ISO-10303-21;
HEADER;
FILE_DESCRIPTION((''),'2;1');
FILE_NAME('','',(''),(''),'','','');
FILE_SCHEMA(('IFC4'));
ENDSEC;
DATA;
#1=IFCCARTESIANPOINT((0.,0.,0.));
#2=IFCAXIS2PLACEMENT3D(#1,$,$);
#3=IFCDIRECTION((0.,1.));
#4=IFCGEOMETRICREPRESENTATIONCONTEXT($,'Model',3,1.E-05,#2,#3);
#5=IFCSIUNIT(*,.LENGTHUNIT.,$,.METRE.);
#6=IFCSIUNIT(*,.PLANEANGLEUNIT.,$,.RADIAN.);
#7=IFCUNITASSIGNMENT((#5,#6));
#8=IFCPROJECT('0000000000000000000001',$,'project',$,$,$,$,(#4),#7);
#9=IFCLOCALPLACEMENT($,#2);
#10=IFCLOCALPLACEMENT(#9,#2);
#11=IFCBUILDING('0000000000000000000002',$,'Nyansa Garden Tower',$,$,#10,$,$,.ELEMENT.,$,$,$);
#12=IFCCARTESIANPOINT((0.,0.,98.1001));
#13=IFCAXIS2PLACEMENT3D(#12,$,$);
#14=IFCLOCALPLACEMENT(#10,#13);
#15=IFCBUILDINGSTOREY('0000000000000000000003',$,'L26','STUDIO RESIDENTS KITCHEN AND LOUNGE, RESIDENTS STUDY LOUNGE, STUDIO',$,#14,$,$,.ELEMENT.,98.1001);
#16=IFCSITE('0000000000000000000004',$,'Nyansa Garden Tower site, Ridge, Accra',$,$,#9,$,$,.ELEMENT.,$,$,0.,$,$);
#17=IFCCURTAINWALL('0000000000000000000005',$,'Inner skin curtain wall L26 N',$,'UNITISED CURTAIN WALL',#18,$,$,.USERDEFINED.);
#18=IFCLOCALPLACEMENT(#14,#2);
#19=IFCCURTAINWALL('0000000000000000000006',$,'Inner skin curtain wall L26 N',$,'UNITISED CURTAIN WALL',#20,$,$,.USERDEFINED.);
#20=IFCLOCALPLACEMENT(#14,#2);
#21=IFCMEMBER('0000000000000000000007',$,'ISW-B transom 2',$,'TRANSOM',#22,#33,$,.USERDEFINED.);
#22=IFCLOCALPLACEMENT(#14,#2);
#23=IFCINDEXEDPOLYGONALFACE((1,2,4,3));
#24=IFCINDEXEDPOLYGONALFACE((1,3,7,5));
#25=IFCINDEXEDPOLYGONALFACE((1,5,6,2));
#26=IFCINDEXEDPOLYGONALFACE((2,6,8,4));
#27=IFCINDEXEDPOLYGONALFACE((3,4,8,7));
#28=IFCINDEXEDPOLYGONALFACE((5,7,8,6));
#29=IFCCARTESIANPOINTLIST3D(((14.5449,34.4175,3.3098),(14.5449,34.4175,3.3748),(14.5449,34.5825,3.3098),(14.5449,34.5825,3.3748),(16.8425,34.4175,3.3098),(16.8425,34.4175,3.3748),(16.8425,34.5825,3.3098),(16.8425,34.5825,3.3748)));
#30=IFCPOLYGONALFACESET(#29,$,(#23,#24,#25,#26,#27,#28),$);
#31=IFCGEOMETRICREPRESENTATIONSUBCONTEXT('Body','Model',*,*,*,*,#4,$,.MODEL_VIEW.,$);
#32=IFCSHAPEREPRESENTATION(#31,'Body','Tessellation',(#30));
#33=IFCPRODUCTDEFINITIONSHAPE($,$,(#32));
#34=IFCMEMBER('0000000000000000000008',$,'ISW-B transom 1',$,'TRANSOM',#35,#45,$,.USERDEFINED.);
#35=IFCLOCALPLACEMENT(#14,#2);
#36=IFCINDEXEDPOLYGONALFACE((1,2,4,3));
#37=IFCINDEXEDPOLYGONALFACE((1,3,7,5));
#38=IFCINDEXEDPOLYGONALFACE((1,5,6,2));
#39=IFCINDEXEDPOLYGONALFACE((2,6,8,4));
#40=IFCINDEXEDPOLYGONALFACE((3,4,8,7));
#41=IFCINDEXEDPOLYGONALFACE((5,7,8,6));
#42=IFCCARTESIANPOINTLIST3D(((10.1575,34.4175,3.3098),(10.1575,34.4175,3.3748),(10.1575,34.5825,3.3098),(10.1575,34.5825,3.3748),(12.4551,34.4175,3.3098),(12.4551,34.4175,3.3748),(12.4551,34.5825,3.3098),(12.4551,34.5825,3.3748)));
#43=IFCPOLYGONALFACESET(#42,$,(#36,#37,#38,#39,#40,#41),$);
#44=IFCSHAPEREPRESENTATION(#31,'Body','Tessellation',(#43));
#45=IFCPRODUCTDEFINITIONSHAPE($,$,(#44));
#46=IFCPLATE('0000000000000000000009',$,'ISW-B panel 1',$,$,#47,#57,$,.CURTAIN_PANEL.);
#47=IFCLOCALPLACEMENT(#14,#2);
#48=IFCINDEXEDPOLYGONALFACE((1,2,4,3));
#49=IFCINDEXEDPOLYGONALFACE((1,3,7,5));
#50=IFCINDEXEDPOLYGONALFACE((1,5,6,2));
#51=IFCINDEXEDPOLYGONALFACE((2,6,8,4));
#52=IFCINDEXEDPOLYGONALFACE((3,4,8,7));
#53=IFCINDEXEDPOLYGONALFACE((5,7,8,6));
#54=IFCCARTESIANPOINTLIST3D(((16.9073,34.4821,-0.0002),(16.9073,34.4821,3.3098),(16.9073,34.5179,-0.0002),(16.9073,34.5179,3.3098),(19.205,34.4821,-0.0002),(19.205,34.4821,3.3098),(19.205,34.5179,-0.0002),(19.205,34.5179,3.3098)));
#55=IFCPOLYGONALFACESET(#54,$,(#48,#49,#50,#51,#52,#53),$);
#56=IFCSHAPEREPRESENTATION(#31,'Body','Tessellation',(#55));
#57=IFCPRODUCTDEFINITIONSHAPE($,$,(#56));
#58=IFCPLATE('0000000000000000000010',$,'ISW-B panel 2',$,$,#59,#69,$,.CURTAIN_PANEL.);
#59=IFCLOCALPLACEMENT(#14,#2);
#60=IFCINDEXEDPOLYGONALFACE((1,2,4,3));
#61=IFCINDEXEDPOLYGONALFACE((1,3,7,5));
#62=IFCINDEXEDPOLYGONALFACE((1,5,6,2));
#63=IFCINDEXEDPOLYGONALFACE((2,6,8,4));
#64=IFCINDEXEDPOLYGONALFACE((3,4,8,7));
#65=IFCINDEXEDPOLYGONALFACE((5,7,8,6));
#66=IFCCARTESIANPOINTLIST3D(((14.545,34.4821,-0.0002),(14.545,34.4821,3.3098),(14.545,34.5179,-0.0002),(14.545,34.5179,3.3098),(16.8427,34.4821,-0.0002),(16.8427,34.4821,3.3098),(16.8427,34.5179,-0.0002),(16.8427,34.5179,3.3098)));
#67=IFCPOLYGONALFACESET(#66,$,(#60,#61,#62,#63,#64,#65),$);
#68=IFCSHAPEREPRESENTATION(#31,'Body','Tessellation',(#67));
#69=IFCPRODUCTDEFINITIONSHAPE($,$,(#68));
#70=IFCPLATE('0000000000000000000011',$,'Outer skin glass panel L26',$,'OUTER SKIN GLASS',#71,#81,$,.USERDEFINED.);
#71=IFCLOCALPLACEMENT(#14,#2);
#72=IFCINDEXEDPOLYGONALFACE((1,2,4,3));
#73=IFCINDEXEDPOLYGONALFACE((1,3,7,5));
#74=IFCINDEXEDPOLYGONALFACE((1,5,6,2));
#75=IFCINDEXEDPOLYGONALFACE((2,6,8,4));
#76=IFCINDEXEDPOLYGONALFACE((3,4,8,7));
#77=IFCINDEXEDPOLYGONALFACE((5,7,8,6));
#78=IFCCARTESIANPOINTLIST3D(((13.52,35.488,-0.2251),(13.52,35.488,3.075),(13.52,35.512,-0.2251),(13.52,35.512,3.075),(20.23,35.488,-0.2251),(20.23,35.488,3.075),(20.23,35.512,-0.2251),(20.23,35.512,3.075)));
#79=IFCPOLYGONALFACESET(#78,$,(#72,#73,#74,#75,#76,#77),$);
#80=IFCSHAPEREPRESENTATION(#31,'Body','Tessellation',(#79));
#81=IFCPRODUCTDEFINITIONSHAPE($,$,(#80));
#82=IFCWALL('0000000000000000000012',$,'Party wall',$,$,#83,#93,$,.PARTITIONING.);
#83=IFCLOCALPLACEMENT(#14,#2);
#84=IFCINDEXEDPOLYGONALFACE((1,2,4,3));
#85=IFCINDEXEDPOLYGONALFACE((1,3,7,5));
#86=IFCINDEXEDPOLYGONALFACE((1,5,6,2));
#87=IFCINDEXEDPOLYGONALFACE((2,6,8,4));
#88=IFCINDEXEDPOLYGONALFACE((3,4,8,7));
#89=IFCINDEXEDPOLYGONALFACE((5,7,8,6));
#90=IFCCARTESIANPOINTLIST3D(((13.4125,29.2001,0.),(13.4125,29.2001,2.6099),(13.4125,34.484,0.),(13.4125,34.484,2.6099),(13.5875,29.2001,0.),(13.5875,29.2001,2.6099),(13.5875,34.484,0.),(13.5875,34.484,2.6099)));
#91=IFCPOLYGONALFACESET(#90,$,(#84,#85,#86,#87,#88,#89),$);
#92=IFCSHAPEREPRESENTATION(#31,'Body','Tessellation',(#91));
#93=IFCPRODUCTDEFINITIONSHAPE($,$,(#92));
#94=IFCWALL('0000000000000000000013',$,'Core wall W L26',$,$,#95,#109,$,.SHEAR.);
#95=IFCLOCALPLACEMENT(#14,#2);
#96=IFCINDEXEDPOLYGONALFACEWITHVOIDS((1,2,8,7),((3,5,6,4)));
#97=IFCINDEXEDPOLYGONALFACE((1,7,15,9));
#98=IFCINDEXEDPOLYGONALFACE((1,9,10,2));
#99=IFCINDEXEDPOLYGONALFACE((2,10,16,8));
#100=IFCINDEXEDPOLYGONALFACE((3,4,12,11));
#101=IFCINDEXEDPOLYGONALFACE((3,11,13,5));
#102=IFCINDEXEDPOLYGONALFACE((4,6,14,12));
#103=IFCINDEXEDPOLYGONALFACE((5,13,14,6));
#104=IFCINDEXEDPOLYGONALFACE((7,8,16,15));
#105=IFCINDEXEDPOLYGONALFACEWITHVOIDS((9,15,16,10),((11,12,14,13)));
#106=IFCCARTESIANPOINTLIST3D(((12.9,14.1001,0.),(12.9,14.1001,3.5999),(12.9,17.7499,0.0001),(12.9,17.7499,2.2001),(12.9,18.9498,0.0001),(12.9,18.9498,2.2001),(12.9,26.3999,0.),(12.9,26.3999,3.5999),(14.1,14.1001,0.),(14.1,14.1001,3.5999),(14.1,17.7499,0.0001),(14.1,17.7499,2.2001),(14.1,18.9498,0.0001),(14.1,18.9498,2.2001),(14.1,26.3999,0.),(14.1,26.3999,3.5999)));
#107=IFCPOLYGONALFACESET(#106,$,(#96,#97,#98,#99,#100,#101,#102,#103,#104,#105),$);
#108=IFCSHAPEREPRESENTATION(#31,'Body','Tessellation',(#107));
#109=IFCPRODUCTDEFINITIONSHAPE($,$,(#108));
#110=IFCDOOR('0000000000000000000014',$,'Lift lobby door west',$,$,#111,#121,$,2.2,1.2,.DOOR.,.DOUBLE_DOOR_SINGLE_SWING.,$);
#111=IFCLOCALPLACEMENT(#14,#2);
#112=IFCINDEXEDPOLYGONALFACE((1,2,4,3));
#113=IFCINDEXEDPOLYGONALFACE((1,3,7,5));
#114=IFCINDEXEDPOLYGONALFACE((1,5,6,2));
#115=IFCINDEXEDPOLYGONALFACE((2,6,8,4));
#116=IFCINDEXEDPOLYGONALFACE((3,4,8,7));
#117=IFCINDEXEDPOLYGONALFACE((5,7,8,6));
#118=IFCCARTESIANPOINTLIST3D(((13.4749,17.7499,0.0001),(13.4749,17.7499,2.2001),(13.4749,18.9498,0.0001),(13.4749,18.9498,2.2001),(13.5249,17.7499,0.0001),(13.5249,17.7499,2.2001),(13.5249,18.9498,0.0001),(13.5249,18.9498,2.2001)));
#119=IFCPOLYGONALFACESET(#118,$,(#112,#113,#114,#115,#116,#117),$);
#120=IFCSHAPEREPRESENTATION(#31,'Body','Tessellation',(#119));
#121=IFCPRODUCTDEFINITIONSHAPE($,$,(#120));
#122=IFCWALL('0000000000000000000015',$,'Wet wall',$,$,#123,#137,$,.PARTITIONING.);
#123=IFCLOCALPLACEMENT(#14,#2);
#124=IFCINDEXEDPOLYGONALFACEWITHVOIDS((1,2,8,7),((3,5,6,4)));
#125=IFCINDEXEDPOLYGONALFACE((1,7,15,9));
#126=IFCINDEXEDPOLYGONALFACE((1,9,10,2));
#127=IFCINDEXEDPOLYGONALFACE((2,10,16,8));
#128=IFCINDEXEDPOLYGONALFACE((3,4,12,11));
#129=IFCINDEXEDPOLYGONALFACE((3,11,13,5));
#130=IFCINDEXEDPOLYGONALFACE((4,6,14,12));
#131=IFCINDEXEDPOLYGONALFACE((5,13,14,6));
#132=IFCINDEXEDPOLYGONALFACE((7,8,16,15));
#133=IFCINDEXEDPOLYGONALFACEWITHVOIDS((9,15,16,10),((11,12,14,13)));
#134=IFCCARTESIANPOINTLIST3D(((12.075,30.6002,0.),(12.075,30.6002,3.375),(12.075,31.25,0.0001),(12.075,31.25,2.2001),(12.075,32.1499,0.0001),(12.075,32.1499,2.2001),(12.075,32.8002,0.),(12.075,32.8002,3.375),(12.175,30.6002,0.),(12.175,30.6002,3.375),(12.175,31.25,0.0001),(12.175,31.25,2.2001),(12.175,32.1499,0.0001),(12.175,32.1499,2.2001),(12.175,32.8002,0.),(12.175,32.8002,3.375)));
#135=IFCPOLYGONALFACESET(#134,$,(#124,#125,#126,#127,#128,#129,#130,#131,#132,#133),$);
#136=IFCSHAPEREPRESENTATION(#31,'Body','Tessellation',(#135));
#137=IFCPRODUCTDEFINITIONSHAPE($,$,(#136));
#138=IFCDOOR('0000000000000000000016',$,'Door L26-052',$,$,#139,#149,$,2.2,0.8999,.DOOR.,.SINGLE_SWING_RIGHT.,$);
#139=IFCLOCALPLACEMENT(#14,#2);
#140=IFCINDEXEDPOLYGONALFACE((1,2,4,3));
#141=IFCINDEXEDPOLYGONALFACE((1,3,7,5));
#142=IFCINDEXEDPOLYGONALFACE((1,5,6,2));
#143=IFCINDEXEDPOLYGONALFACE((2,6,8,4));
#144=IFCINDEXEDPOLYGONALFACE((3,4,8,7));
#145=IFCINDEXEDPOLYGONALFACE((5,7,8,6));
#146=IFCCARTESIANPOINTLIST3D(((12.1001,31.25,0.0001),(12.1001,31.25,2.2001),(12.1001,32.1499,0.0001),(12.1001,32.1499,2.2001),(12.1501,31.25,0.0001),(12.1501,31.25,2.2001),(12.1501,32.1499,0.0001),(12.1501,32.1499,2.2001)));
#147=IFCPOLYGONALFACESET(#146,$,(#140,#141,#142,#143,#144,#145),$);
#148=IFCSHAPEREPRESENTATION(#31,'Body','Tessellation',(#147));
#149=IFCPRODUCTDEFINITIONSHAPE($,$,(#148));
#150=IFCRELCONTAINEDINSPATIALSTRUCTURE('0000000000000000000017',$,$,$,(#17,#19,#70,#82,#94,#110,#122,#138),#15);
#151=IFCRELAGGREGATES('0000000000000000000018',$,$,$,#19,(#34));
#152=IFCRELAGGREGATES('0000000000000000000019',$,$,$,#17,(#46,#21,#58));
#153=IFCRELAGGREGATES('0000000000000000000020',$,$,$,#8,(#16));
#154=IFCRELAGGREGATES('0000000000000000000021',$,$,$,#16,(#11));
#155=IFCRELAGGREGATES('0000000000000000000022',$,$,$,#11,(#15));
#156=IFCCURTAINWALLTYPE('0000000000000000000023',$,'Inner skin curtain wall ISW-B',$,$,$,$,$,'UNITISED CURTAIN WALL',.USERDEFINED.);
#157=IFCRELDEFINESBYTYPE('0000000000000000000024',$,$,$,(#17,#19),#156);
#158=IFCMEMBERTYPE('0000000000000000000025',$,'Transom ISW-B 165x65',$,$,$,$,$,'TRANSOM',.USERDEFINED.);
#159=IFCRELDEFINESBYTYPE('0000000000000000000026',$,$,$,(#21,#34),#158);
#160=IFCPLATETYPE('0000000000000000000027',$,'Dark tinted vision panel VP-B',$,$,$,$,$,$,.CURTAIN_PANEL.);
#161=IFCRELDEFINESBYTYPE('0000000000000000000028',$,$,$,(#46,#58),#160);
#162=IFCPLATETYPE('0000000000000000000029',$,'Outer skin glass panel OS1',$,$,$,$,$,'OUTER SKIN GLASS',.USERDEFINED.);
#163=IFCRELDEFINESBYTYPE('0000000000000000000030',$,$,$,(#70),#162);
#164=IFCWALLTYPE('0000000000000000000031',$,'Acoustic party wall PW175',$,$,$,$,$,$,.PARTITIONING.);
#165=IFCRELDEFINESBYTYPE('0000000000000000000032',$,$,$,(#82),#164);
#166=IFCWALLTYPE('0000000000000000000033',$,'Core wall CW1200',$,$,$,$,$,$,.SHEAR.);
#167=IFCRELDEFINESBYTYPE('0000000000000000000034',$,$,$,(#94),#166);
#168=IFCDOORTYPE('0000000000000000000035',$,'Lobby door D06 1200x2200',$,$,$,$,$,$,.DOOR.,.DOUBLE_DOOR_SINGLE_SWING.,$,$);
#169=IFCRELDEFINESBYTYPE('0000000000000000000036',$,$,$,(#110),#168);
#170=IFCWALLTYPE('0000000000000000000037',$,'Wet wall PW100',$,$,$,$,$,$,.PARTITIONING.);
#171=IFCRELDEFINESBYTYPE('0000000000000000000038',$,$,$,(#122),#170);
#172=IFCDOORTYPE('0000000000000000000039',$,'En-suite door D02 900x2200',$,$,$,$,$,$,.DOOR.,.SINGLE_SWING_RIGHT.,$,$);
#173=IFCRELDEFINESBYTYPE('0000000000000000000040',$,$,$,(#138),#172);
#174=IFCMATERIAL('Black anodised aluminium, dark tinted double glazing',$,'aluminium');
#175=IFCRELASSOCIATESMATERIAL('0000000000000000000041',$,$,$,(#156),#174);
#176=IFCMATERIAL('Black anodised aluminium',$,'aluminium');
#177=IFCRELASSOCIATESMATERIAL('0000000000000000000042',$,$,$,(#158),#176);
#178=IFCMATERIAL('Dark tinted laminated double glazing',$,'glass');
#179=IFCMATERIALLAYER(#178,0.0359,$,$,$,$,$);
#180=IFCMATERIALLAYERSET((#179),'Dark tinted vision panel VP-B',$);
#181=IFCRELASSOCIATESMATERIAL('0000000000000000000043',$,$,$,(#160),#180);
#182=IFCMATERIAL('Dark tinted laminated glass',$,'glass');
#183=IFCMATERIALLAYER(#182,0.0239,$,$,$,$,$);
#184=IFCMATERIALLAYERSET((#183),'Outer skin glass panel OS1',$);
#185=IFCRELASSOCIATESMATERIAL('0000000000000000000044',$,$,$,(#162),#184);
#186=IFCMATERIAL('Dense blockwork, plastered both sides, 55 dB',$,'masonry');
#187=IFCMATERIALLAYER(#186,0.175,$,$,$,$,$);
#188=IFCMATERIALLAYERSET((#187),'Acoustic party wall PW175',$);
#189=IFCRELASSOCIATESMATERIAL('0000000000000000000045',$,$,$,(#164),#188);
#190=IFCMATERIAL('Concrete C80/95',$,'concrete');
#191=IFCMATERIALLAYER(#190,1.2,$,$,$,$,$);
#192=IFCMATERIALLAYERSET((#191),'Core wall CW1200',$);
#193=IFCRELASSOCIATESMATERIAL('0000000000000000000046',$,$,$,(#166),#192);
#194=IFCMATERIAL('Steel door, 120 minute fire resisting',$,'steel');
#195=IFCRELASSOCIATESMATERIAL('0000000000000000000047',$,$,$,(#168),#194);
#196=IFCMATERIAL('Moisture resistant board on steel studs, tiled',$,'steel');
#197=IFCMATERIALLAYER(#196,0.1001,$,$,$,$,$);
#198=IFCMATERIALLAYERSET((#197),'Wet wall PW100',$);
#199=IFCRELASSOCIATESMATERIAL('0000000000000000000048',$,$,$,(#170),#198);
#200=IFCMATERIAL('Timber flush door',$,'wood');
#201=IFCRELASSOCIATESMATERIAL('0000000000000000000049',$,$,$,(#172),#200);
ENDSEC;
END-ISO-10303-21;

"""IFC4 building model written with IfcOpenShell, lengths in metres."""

from ifc_helpers import new_model, si_unit, direction, frame, frame_2d, origin, origin_2d, place, context, subcontext, project, spatial, rectangle, extrude, material, layer, layer_set, material_profile, profile_set, type_object, element, fill, aggregate, save


model = new_model("IFC4")

# Units and contexts
model_context = context("Model", 3, precision=1e-05, world=origin(), true_north=direction((0.0, 1.0)))
body_context = subcontext(model_context, "Body", "Model", "MODEL_VIEW")
ifc_project = project(units=[si_unit("LENGTHUNIT", "METRE"), si_unit("PLANEANGLEUNIT", "RADIAN")], contexts=[model_context])

# Site, building, storey
site_placement = place(None, origin())
site = spatial("IfcSite", under=ifc_project, at=site_placement, Name="Nyansa Garden Tower site, Ridge, Accra", CompositionType="ELEMENT", RefElevation=0.0)
building_placement = place(site_placement, origin())
building = spatial("IfcBuilding", under=site, at=building_placement, Name="Nyansa Garden Tower", CompositionType="ELEMENT")
storey_placement = place(building_placement, frame((0.0, 0.0, 98.1001)))
storey = spatial("IfcBuildingStorey", under=building, at=storey_placement, Name="L26", Description="STUDIO RESIDENTS KITCHEN AND LOUNGE, RESIDENTS STUDY LOUNGE, STUDIO", CompositionType="ELEMENT", Elevation=98.1001)

# Curtain wall
ifc_material_1 = material(Name="Black anodised aluminium, dark tinted double glazing", Category="aluminium")
curtain_wall_type = type_object("IfcCurtainWallType", Name="Inner skin curtain wall ISW-B", ElementType="UNITISED CURTAIN WALL", PredefinedType="USERDEFINED", material=ifc_material_1)
curtain_wall_1_placement = place(storey_placement, origin())
curtain_wall_1 = element("IfcCurtainWall", 1, at=curtain_wall_1_placement, inside=storey, type_object=curtain_wall_type, Name="Inner skin curtain wall L26 N", ObjectType="UNITISED CURTAIN WALL", PredefinedType="USERDEFINED")

# Curtain wall
curtain_wall_2_placement = place(storey_placement, origin())
curtain_wall_2 = element("IfcCurtainWall", 2, at=curtain_wall_2_placement, inside=storey, type_object=curtain_wall_type, Name="Inner skin curtain wall L26 N", ObjectType="UNITISED CURTAIN WALL", PredefinedType="USERDEFINED")

# Members
ifc_material_2 = material(Name="Black anodised aluminium", Category="aluminium")
ifc_material_profile_1 = material_profile(ifc_material_2, rectangle(XDim=0.165, YDim=0.0649, at=origin_2d()), Name="Transom 165x65")
ifc_profile_set_1 = profile_set([ifc_material_profile_1], Name="Black anodised aluminium")
member_type_1 = type_object("IfcMemberType", Name="Transom ISW-B 165x65", ElementType="TRANSOM", PredefinedType="USERDEFINED", material=ifc_profile_set_1)
member_1_placement = place(storey_placement, frame((16.8425, 34.5, 3.3423), z_axis=(-1.0, 0.0, 0.0), x_axis=(0.0, -1.0, 0.0)))
member_1 = element("IfcMember", 3, at=member_1_placement, type_object=member_type_1, Name="ISW-B transom 2", ObjectType="TRANSOM", PredefinedType="USERDEFINED", context=body_context, shape_type="SweptSolid", body=[
    extrude(rectangle(XDim=0.165, YDim=0.0649, at=origin_2d()), origin(), (0.0, 0.0, 1.0), 2.2976),
])
member_2_placement = place(storey_placement, frame((12.4551, 34.5, 3.3423), z_axis=(-1.0, 0.0, 0.0), x_axis=(0.0, -1.0, 0.0)))
member_2 = element("IfcMember", 4, at=member_2_placement, type_object=member_type_1, Name="ISW-B transom 1", ObjectType="TRANSOM", PredefinedType="USERDEFINED", context=body_context, shape_type="SweptSolid", body=[
    extrude(rectangle(XDim=0.165, YDim=0.0649, at=origin_2d()), origin(), (0.0, 0.0, 1.0), 2.2976),
])
aggregate(curtain_wall_2, [member_2])

# Plates
ifc_material_3 = material(Name="Dark tinted laminated double glazing", Category="glass")
ifc_layer_1 = layer(ifc_material_3, 0.0359)
ifc_layer_set_1 = layer_set([ifc_layer_1], Name="Dark tinted vision panel VP-B")
plate_type_1 = type_object("IfcPlateType", Name="Dark tinted vision panel VP-B", PredefinedType="CURTAIN_PANEL", material=ifc_layer_set_1)
plate_1_placement = place(storey_placement, frame((18.0562, 34.5, -0.0002), z_axis=(0.0, 0.0, 1.0), x_axis=(-1.0, 0.0, 0.0)))
plate_1 = element("IfcPlate", 5, at=plate_1_placement, type_object=plate_type_1, Name="ISW-B panel 1", PredefinedType="CURTAIN_PANEL", context=body_context, shape_type="SweptSolid", body=[
    extrude(rectangle(XDim=2.2976, YDim=0.0359, at=origin_2d()), origin(), (0.0, 0.0, 1.0), 3.3101),
])
plate_2_placement = place(storey_placement, frame((15.6938, 34.5, -0.0002), z_axis=(0.0, 0.0, 1.0), x_axis=(-1.0, 0.0, 0.0)))
plate_2 = element("IfcPlate", 6, at=plate_2_placement, type_object=plate_type_1, Name="ISW-B panel 2", PredefinedType="CURTAIN_PANEL", context=body_context, shape_type="SweptSolid", body=[
    extrude(rectangle(XDim=2.2976, YDim=0.0359, at=origin_2d()), origin(), (0.0, 0.0, 1.0), 3.3101),
])
aggregate(curtain_wall_1, [plate_1, member_1, plate_2])
ifc_material_4 = material(Name="Dark tinted laminated glass", Category="glass")
ifc_layer_2 = layer(ifc_material_4, 0.0239)
ifc_layer_set_2 = layer_set([ifc_layer_2], Name="Outer skin glass panel OS1")
plate_type_2 = type_object("IfcPlateType", Name="Outer skin glass panel OS1", ElementType="OUTER SKIN GLASS", PredefinedType="USERDEFINED", material=ifc_layer_set_2)
plate_3_placement = place(storey_placement, frame((16.875, 35.5, -0.2251), z_axis=(0.0, 0.0, 1.0), x_axis=(1.0, 0.0, 0.0)))
element("IfcPlate", 7, at=plate_3_placement, inside=storey, type_object=plate_type_2, Name="Outer skin glass panel L26", ObjectType="OUTER SKIN GLASS", PredefinedType="USERDEFINED", context=body_context, shape_type="SweptSolid", body=[
    extrude(rectangle(XDim=6.71, YDim=0.0239, at=origin_2d()), origin(), (0.0, 0.0, 1.0), 3.3),
])

# Wall
ifc_material_5 = material(Name="Dense blockwork, plastered both sides, 55 dB", Category="masonry")
ifc_layer_3 = layer(ifc_material_5, 0.175)
ifc_layer_set_3 = layer_set([ifc_layer_3], Name="Acoustic party wall PW175")
wall_type_1 = type_object("IfcWallType", Name="Acoustic party wall PW175", PredefinedType="PARTITIONING", material=ifc_layer_set_3)
wall_1_placement = place(storey_placement, frame((13.5, 29.2, 0.0), z_axis=(0.0, 0.0, 1.0), x_axis=(0.0, 1.0, 0.0)))
element("IfcWall", 8, at=wall_1_placement, inside=storey, type_object=wall_type_1, Name="Party wall", PredefinedType="PARTITIONING", context=body_context, shape_type="SweptSolid", body=[
    extrude(rectangle(XDim=5.2839, YDim=0.175, at=frame_2d((2.6421, 0.0))), origin(), (0.0, 0.0, 1.0), 2.6099),
])

# Walls, openings, doors
ifc_material_6 = material(Name="Concrete C80/95", Category="concrete")
ifc_layer_4 = layer(ifc_material_6, 1.2)
ifc_layer_set_4 = layer_set([ifc_layer_4], Name="Core wall CW1200")
wall_type_2 = type_object("IfcWallType", Name="Core wall CW1200", PredefinedType="SHEAR", material=ifc_layer_set_4)
wall_2_placement = place(storey_placement, frame((13.5, 26.3999, 0.0), z_axis=(0.0, 0.0, 1.0), x_axis=(0.0, -1.0, 0.0)))
wall_2 = element("IfcWall", 9, at=wall_2_placement, inside=storey, type_object=wall_type_2, Name="Core wall W L26", PredefinedType="SHEAR", context=body_context, shape_type="SweptSolid", body=[
    extrude(rectangle(XDim=12.2998, YDim=1.2, at=frame_2d((6.1499, 0.0))), origin(), (0.0, 0.0, 1.0), 3.5999),
])
opening_1_placement = place(wall_2_placement, frame((7.45, 0.0, 0.0)))
opening_1 = element("IfcOpeningElement", 10, at=opening_1_placement, cuts=wall_2, PredefinedType="OPENING", context=body_context, shape_type="SweptSolid", body=[
    extrude(rectangle(XDim=1.2, YDim=2.2, at=frame_2d((0.6001, 1.1001))), frame((0.0, 0.6099, 0.0), z_axis=(0.0, -1.0, 0.0), x_axis=(1.0, 0.0, 0.0)), (0.0, 0.0, 1.0), 1.22),
])
ifc_material_7 = material(Name="Steel door, 120 minute fire resisting", Category="steel")
door_type_1 = type_object("IfcDoorType", Name="Lobby door D06 1200x2200", OperationType="DOUBLE_DOOR_SINGLE_SWING", PredefinedType="DOOR", material=ifc_material_7)
door_1_placement = place(opening_1_placement, origin())
door_1 = element("IfcDoor", 11, at=door_1_placement, inside=storey, type_object=door_type_1, Name="Lift lobby door west", OperationType="DOUBLE_DOOR_SINGLE_SWING", OverallHeight=2.2, OverallWidth=1.2, PredefinedType="DOOR", context=body_context, shape_type="SweptSolid", body=[
    extrude(rectangle(XDim=1.2, YDim=2.2, at=frame_2d((0.6001, 1.1001))), frame((0.0, 0.0249, 0.0), z_axis=(0.0, -1.0, 0.0), x_axis=(1.0, 0.0, 0.0)), (0.0, 0.0, 1.0), 0.05),
])
fill(opening_1, door_1)
ifc_material_8 = material(Name="Moisture resistant board on steel studs, tiled", Category="steel")
ifc_layer_5 = layer(ifc_material_8, 0.1001)
ifc_layer_set_5 = layer_set([ifc_layer_5], Name="Wet wall PW100")
wall_type_3 = type_object("IfcWallType", Name="Wet wall PW100", PredefinedType="PARTITIONING", material=ifc_layer_set_5)
wall_3_placement = place(storey_placement, frame((12.125, 30.6001, 0.0), z_axis=(0.0, 0.0, 1.0), x_axis=(0.0, 1.0, 0.0)))
wall_3 = element("IfcWall", 12, at=wall_3_placement, inside=storey, type_object=wall_type_3, Name="Wet wall", PredefinedType="PARTITIONING", context=body_context, shape_type="SweptSolid", body=[
    extrude(rectangle(XDim=2.2, YDim=0.1001, at=frame_2d((1.1001, 0.0))), origin(), (0.0, 0.0, 1.0), 3.375),
])
opening_2_placement = place(wall_3_placement, frame((0.6499, 0.0, 0.0)))
opening_2 = element("IfcOpeningElement", 13, at=opening_2_placement, cuts=wall_3, PredefinedType="OPENING", context=body_context, shape_type="SweptSolid", body=[
    extrude(rectangle(XDim=0.8999, YDim=2.2, at=frame_2d((0.45, 1.1001))), frame((0.0, 0.0601, 0.0), z_axis=(0.0, -1.0, 0.0), x_axis=(1.0, 0.0, 0.0)), (0.0, 0.0, 1.0), 0.1201),
])
ifc_material_9 = material(Name="Timber flush door", Category="wood")
door_type_2 = type_object("IfcDoorType", Name="En-suite door D02 900x2200", OperationType="SINGLE_SWING_RIGHT", PredefinedType="DOOR", material=ifc_material_9)
door_2_placement = place(opening_2_placement, origin())
door_2 = element("IfcDoor", 14, at=door_2_placement, inside=storey, type_object=door_type_2, Name="Door L26-052", OperationType="SINGLE_SWING_RIGHT", OverallHeight=2.2, OverallWidth=0.8999, PredefinedType="DOOR", context=body_context, shape_type="SweptSolid", body=[
    extrude(rectangle(XDim=0.8999, YDim=2.2, at=frame_2d((0.45, 1.1001))), frame((0.0, 0.0249, 0.0), z_axis=(0.0, -1.0, 0.0), x_axis=(1.0, 0.0, 0.0)), (0.0, 0.0, 1.0), 0.05),
])
fill(opening_2, door_2)

save(model, "model.ifc")
